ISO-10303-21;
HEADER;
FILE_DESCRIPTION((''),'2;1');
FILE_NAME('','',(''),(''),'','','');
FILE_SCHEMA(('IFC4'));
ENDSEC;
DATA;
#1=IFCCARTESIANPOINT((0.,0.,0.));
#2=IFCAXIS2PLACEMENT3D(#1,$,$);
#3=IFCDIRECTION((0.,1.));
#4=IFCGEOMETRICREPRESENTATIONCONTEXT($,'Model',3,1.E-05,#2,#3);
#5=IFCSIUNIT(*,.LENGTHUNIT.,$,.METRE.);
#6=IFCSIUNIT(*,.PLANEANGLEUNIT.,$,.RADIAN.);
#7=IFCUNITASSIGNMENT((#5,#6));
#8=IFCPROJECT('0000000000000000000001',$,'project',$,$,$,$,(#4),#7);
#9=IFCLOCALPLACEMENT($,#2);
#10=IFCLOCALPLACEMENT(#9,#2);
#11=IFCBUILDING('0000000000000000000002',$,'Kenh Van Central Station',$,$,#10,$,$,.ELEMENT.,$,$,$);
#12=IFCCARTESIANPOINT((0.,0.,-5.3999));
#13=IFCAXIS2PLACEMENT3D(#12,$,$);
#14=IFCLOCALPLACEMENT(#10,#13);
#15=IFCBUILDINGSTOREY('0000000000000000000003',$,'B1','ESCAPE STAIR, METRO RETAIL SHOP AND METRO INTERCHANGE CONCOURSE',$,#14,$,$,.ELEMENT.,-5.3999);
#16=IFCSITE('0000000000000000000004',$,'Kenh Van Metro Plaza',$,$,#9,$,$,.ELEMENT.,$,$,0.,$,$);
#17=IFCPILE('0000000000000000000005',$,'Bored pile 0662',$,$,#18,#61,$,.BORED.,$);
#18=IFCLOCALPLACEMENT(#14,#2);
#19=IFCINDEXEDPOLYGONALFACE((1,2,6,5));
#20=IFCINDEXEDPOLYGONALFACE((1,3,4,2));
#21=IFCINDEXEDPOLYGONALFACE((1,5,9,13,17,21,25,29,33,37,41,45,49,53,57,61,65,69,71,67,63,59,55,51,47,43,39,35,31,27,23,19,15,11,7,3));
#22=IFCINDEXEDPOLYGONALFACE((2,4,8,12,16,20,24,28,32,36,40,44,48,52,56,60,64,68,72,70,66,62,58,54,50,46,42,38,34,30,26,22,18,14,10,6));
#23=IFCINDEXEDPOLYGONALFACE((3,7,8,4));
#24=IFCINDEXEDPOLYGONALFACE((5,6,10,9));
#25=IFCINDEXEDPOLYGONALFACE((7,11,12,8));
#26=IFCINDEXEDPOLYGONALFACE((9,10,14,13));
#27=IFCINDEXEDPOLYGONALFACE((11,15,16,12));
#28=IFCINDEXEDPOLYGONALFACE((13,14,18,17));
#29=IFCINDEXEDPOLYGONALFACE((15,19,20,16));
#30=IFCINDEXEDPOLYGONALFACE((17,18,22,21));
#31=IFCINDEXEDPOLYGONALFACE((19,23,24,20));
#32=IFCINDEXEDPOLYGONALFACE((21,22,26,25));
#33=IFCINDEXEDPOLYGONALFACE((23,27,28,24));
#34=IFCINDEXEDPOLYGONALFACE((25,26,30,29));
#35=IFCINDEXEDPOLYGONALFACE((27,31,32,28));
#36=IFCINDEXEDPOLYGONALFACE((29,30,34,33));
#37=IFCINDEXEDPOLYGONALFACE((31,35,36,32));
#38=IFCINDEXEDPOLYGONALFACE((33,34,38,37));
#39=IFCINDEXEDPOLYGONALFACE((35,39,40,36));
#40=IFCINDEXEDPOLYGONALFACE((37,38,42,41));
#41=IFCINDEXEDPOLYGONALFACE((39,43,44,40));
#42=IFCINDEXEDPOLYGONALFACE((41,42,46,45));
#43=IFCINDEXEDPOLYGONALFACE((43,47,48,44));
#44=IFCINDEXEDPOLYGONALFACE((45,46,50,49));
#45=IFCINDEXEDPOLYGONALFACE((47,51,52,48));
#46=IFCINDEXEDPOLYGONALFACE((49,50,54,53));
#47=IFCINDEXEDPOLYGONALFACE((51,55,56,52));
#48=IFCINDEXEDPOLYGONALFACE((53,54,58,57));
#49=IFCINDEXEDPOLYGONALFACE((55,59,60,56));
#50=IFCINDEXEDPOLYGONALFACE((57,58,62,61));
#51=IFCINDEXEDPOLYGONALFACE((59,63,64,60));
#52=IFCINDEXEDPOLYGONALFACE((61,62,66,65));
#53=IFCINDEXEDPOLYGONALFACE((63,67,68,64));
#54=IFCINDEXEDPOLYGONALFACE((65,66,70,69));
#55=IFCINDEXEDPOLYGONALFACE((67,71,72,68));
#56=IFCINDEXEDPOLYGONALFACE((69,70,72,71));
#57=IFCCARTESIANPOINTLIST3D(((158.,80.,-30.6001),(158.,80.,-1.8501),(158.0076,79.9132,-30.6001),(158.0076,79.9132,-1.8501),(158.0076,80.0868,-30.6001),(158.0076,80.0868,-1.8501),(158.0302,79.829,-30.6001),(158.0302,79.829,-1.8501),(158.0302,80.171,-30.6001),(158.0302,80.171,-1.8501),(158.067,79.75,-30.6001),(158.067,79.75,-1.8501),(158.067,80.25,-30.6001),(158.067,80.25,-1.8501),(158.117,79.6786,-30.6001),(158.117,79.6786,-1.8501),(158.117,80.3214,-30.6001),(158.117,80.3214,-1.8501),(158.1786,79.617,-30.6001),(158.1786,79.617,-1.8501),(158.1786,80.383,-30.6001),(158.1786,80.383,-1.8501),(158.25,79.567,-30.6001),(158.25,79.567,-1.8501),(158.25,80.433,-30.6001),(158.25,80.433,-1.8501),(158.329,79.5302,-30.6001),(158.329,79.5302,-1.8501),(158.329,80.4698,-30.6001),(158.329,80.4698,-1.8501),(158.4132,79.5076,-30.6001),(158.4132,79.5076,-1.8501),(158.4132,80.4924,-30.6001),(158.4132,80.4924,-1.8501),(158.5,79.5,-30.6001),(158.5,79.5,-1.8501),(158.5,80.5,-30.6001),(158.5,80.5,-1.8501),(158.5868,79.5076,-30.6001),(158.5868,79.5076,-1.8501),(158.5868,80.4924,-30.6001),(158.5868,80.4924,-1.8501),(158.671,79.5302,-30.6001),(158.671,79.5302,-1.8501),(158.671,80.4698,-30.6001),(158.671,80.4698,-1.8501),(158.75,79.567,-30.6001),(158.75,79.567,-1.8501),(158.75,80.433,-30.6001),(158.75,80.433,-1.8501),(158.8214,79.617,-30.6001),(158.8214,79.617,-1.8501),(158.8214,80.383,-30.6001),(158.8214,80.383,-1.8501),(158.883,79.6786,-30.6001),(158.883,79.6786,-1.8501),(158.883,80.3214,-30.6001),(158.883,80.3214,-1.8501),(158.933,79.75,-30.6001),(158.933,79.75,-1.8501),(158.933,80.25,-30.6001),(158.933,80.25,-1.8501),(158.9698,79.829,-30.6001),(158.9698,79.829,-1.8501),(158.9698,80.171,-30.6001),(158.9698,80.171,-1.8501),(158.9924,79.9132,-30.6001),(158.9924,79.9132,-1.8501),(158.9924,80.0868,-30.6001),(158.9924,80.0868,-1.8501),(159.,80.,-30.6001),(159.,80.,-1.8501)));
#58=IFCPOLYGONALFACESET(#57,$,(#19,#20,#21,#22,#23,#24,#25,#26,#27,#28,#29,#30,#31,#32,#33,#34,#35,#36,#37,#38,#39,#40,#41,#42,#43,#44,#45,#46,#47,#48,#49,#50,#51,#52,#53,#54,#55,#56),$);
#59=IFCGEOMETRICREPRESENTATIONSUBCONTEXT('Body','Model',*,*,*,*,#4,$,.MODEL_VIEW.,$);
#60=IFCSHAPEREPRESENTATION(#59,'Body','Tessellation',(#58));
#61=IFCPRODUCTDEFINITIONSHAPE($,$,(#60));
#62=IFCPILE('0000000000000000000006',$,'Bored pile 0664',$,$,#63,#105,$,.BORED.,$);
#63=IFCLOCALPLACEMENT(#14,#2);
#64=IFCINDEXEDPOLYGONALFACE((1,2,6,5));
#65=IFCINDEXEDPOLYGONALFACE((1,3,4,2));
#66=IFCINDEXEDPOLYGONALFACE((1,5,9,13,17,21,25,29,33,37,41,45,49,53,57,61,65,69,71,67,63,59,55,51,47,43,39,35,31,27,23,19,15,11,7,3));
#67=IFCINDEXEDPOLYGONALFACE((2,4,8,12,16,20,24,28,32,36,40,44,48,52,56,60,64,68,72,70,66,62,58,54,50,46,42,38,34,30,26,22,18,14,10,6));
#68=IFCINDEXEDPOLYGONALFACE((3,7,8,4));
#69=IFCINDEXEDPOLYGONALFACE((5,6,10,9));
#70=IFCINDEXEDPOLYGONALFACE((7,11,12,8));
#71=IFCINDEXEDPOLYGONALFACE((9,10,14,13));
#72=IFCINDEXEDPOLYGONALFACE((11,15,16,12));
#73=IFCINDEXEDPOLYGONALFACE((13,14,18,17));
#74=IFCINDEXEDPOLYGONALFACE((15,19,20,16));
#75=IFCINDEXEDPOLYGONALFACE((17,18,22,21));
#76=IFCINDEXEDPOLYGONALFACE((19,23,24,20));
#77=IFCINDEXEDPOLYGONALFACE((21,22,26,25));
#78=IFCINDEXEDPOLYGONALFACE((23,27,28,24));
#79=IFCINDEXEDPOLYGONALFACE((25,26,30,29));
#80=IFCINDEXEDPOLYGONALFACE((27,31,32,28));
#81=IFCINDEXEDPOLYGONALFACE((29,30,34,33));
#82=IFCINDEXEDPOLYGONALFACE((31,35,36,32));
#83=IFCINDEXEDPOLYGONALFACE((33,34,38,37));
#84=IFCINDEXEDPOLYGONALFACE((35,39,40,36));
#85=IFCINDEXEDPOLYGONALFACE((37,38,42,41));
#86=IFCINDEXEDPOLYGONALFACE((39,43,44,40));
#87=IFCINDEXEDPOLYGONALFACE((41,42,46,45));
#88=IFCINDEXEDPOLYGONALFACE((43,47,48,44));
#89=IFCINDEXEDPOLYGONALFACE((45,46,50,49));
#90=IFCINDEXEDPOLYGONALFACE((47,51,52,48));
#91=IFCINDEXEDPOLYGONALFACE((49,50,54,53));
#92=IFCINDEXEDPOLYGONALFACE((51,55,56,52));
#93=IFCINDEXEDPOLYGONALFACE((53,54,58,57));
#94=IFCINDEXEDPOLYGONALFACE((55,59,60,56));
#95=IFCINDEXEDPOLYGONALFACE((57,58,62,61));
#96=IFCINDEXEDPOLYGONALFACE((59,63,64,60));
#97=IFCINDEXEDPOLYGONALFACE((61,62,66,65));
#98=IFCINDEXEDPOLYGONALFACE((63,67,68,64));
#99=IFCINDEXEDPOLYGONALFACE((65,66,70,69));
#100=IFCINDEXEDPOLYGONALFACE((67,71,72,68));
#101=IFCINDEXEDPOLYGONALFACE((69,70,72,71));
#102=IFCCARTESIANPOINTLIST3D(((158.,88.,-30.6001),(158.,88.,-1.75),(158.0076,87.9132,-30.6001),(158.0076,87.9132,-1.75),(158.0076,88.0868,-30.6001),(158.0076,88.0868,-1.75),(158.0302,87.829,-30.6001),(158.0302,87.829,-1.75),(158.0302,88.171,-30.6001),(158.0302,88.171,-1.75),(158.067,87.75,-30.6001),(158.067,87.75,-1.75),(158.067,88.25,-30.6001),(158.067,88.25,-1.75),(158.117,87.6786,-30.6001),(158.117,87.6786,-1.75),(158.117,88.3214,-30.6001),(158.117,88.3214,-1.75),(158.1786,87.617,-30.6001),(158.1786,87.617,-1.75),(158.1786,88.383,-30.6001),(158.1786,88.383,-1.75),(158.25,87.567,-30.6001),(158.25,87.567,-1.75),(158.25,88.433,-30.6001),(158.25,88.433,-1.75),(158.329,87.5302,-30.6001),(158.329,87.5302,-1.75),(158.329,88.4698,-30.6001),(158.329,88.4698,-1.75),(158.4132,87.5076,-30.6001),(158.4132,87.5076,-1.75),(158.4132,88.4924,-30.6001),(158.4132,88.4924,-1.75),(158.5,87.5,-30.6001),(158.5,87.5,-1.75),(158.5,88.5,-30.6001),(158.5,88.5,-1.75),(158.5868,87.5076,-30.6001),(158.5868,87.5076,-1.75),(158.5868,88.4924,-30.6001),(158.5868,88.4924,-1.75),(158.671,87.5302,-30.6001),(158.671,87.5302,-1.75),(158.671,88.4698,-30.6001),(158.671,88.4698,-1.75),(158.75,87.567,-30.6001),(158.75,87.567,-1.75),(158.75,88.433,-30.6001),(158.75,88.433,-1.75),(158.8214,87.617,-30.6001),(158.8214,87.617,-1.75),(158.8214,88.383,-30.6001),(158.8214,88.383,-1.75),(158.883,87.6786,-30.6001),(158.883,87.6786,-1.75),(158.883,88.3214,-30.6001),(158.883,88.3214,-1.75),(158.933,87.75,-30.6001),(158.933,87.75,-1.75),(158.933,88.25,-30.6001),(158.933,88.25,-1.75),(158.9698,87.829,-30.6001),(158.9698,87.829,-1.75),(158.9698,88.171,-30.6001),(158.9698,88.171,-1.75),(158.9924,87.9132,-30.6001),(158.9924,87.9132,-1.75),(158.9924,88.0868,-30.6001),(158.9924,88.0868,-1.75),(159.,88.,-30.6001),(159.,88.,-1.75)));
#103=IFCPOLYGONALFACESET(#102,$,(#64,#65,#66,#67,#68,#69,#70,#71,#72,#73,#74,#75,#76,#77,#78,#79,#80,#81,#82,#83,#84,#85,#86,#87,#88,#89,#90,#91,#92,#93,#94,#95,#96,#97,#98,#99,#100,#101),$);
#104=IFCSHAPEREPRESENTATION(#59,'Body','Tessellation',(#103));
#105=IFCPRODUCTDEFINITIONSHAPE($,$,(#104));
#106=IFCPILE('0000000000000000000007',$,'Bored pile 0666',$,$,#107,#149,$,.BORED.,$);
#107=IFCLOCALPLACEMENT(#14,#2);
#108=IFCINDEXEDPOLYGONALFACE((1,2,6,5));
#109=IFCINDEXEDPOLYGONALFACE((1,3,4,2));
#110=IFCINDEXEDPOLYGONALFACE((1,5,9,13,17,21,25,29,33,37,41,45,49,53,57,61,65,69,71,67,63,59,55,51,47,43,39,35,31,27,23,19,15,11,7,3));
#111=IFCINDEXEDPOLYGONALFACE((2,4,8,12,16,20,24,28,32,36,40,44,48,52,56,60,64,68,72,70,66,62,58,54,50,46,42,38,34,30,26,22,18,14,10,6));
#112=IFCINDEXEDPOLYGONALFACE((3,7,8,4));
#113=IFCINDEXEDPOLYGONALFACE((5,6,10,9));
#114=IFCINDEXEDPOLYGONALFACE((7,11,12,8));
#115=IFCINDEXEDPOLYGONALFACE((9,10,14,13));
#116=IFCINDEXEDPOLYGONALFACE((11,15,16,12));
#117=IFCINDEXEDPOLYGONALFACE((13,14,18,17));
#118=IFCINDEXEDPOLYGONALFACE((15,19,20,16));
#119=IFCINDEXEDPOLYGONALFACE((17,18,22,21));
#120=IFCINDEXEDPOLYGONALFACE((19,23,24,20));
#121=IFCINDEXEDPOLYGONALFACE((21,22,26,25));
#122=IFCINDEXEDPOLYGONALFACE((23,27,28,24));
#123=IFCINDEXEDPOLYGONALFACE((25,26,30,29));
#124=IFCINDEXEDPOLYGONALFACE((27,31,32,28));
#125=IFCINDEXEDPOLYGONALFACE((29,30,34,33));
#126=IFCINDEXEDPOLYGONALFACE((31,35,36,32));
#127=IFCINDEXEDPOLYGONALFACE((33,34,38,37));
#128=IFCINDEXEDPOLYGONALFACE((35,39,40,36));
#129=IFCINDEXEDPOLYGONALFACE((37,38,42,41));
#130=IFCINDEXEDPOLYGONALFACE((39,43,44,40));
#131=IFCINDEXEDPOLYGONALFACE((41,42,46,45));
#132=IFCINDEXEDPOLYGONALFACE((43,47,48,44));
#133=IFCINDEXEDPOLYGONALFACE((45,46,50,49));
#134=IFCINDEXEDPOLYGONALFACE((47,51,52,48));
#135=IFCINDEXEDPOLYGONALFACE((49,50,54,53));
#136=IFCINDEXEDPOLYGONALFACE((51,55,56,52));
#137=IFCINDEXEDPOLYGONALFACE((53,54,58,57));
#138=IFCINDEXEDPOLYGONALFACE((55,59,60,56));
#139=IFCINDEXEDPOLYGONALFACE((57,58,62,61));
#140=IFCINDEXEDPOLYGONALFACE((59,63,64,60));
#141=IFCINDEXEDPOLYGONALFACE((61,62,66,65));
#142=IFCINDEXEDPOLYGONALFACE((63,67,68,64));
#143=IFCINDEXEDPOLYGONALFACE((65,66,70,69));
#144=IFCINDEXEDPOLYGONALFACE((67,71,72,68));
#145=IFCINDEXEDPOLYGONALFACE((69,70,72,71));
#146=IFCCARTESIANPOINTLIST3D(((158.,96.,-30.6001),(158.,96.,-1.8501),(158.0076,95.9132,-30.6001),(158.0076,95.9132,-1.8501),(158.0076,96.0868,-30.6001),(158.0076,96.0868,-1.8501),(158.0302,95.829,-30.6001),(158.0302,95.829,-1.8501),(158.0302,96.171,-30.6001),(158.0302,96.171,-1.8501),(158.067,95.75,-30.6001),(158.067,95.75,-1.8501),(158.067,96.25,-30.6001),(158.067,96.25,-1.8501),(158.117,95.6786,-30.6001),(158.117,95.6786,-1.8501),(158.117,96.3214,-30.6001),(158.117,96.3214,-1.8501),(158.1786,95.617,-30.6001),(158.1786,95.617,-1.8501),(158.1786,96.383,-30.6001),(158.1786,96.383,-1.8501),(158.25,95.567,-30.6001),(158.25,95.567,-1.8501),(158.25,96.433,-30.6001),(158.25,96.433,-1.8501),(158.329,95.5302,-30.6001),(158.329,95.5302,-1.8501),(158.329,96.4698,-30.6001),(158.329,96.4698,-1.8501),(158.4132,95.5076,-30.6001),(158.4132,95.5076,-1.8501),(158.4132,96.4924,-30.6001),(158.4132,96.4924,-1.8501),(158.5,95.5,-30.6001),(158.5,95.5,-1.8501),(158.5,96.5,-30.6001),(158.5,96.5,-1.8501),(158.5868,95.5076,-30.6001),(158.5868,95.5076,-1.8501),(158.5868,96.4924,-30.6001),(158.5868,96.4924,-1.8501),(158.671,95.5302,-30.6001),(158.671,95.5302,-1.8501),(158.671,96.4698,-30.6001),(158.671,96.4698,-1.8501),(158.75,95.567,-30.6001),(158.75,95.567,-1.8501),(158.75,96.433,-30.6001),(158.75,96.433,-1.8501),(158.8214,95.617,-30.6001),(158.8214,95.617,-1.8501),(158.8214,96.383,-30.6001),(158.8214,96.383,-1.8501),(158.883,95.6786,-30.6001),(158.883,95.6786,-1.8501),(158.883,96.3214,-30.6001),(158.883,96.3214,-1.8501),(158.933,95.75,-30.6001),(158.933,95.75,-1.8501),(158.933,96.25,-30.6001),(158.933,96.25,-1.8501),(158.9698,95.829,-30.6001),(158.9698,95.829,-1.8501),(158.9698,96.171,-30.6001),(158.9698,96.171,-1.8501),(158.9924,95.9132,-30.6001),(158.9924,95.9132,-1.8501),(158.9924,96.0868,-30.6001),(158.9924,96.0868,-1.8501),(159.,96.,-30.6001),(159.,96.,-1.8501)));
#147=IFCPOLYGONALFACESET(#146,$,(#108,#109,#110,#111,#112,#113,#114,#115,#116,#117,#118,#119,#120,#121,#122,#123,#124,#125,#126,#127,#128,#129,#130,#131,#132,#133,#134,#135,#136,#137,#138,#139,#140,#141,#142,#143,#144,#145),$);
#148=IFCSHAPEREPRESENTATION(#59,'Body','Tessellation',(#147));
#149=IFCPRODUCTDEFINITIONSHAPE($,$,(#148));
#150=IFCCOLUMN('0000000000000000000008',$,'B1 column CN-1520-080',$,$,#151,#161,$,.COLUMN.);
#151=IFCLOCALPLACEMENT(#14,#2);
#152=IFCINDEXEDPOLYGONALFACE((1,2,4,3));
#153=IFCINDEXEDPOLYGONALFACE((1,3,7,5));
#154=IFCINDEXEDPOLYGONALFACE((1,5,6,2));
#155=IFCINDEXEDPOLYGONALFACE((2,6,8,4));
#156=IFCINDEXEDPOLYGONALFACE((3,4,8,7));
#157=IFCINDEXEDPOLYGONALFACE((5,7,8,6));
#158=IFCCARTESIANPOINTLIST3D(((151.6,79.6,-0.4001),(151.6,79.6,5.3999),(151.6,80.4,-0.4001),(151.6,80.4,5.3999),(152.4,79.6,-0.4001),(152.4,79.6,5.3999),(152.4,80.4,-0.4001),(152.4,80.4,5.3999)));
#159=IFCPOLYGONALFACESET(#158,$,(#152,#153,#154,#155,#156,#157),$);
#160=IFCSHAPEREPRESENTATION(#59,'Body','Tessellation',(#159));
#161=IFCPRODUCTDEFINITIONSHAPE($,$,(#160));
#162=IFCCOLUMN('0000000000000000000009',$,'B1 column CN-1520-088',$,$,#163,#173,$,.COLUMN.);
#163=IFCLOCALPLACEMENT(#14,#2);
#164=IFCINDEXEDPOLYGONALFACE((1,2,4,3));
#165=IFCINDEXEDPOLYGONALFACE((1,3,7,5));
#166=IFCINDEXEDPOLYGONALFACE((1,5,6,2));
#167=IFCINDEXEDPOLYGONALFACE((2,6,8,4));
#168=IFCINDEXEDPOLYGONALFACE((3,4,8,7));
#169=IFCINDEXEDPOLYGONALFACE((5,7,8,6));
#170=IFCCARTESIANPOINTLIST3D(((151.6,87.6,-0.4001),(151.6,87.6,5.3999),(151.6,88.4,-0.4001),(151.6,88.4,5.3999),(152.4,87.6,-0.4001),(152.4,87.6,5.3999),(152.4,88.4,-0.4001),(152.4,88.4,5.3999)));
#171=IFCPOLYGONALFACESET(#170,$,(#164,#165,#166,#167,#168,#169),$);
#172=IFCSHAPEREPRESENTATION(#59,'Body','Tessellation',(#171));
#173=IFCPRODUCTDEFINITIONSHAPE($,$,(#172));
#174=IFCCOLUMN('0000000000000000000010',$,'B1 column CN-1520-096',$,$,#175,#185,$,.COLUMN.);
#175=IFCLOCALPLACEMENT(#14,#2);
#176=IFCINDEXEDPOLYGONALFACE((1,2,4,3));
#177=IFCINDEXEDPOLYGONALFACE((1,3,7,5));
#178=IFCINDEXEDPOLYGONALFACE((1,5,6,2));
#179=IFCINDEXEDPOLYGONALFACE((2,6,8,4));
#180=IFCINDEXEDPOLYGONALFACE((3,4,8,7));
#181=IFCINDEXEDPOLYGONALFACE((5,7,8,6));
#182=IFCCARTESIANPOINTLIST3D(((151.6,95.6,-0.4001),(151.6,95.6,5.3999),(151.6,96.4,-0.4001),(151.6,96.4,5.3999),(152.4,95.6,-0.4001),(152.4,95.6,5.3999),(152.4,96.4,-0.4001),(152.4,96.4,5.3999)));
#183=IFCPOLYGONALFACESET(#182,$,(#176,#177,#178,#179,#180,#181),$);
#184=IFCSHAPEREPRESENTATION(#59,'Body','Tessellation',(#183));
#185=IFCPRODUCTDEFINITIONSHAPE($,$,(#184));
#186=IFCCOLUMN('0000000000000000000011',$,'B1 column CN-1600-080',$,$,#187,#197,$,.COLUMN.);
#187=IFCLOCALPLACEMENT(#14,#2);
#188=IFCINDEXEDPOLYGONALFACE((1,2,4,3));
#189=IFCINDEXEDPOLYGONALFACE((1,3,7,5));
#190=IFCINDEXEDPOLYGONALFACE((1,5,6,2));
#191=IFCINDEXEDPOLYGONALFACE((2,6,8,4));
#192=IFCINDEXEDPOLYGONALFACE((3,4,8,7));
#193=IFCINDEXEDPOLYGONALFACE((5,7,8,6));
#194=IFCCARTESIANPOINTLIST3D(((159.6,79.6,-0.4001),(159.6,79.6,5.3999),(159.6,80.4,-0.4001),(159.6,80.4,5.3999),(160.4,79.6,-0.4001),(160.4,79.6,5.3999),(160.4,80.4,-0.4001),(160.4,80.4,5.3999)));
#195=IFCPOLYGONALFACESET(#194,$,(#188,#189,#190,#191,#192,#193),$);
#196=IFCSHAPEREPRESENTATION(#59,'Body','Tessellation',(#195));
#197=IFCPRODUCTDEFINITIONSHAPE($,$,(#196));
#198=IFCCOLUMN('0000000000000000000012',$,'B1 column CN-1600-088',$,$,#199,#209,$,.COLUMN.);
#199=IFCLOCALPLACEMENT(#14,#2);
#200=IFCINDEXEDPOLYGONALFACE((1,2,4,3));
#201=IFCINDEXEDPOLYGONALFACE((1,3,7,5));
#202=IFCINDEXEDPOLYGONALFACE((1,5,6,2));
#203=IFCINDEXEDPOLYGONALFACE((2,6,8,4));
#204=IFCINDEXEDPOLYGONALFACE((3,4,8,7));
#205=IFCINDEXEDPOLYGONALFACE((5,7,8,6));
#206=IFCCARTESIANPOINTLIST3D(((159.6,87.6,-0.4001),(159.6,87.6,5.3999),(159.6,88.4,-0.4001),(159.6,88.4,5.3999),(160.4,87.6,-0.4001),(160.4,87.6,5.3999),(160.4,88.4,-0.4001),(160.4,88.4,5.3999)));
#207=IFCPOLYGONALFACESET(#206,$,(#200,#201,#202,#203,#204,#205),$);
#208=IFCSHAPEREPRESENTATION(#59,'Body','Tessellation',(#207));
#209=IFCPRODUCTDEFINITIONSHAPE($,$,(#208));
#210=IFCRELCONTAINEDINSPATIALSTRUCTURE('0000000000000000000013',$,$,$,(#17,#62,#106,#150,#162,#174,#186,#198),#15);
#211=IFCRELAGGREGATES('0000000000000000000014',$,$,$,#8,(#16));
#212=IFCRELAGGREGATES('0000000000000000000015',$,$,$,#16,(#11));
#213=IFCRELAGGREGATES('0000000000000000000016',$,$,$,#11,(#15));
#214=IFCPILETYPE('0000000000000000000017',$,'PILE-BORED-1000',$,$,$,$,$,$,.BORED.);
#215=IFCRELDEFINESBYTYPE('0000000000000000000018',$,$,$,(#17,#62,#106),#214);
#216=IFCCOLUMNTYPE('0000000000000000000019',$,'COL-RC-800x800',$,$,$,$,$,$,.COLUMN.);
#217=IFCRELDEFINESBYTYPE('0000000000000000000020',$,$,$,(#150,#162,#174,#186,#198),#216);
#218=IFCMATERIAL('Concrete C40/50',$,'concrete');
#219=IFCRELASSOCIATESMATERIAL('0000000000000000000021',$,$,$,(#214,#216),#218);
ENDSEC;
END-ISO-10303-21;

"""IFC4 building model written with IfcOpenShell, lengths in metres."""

from ifc_helpers import new_model, si_unit, direction, frame, origin, origin_2d, place, context, subcontext, project, spatial, rectangle, circle, extrude, material, material_profile, profile_set, type_object, element, save


model = new_model("IFC4")

# Units and contexts
model_context = context("Model", 3, precision=1e-05, world=origin(), true_north=direction((0.0, 1.0)))
body_context = subcontext(model_context, "Body", "Model", "MODEL_VIEW")
ifc_project = project(units=[si_unit("LENGTHUNIT", "METRE"), si_unit("PLANEANGLEUNIT", "RADIAN")], contexts=[model_context])

# Site, building, storey
site_placement = place(None, origin())
site = spatial("IfcSite", under=ifc_project, at=site_placement, Name="Kenh Van Metro Plaza", CompositionType="ELEMENT", RefElevation=0.0)
building_placement = place(site_placement, origin())
building = spatial("IfcBuilding", under=site, at=building_placement, Name="Kenh Van Central Station", CompositionType="ELEMENT")
storey_placement = place(building_placement, frame((0.0, 0.0, -5.3999)))
storey = spatial("IfcBuildingStorey", under=building, at=storey_placement, Name="B1", Description="ESCAPE STAIR, METRO RETAIL SHOP AND METRO INTERCHANGE CONCOURSE", CompositionType="ELEMENT", Elevation=-5.3999)

# Shared definitions
ifc_material_1 = material(Name="Concrete C40/50", Category="concrete")

# Piles
ifc_material_profile_1 = material_profile(ifc_material_1, circle(Radius=0.5, at=origin_2d()), Name="PILE D1000")
ifc_profile_set_1 = profile_set([ifc_material_profile_1], Name="Concrete C40/50")
pile_type = type_object("IfcPileType", Name="PILE-BORED-1000", PredefinedType="BORED", material=ifc_profile_set_1)
for number, where, z_axis, x_axis, name in (
    (1, (158.5, 80.0, -1.8501), (0.0, 0.0, -1.0), (1.0, 0.0, 0.0), "Bored pile 0662"),
):
    element("IfcPile", number, at=place(storey_placement, frame(where, z_axis=z_axis, x_axis=x_axis)), inside=storey, type_object=pile_type, Name=name, PredefinedType="BORED", context=body_context, shape_type="SweptSolid", body=[
        extrude(circle(Radius=0.5, at=origin_2d()), origin(), (0.0, 0.0, 1.0), 28.75),
    ])
pile_1_placement = place(storey_placement, frame((158.5, 88.0, -1.75), z_axis=(0.0, 0.0, -1.0), x_axis=(1.0, 0.0, 0.0)))
element("IfcPile", 2, at=pile_1_placement, inside=storey, type_object=pile_type, Name="Bored pile 0664", PredefinedType="BORED", context=body_context, shape_type="SweptSolid", body=[
    extrude(circle(Radius=0.5, at=origin_2d()), origin(), (0.0, 0.0, 1.0), 28.8501),
])
pile_2_placement = place(storey_placement, frame((158.5, 96.0, -1.8501), z_axis=(0.0, 0.0, -1.0), x_axis=(1.0, 0.0, 0.0)))
element("IfcPile", 3, at=pile_2_placement, inside=storey, type_object=pile_type, Name="Bored pile 0666", PredefinedType="BORED", context=body_context, shape_type="SweptSolid", body=[
    extrude(circle(Radius=0.5, at=origin_2d()), origin(), (0.0, 0.0, 1.0), 28.75),
])

# Columns
ifc_material_profile_2 = material_profile(ifc_material_1, rectangle(XDim=0.8, YDim=0.8, at=origin_2d()), Name="RC 800x800")
ifc_profile_set_2 = profile_set([ifc_material_profile_2], Name="Concrete C40/50")
column_type = type_object("IfcColumnType", Name="COL-RC-800x800", PredefinedType="COLUMN", material=ifc_profile_set_2)
for number, where, z_axis, x_axis, name in (
    (4, (152.0, 80.0, -0.4001), (0.0, 0.0, 1.0), (1.0, 0.0, 0.0), "B1 column CN-1520-080"),
    (5, (152.0, 88.0, -0.4001), (0.0, 0.0, 1.0), (1.0, 0.0, 0.0), "B1 column CN-1520-088"),
    (6, (152.0, 96.0, -0.4001), (0.0, 0.0, 1.0), (1.0, 0.0, 0.0), "B1 column CN-1520-096"),
    (7, (160.0, 80.0, -0.4001), (0.0, 0.0, 1.0), (1.0, 0.0, 0.0), "B1 column CN-1600-080"),
    (8, (160.0, 88.0, -0.4001), (0.0, 0.0, 1.0), (1.0, 0.0, 0.0), "B1 column CN-1600-088"),
):
    element("IfcColumn", number, at=place(storey_placement, frame(where, z_axis=z_axis, x_axis=x_axis)), inside=storey, type_object=column_type, Name=name, PredefinedType="COLUMN", context=body_context, shape_type="SweptSolid", body=[
        extrude(rectangle(XDim=0.8, YDim=0.8, at=origin_2d()), origin(), (0.0, 0.0, 1.0), 5.8),
    ])

save(model, "model.ifc")
